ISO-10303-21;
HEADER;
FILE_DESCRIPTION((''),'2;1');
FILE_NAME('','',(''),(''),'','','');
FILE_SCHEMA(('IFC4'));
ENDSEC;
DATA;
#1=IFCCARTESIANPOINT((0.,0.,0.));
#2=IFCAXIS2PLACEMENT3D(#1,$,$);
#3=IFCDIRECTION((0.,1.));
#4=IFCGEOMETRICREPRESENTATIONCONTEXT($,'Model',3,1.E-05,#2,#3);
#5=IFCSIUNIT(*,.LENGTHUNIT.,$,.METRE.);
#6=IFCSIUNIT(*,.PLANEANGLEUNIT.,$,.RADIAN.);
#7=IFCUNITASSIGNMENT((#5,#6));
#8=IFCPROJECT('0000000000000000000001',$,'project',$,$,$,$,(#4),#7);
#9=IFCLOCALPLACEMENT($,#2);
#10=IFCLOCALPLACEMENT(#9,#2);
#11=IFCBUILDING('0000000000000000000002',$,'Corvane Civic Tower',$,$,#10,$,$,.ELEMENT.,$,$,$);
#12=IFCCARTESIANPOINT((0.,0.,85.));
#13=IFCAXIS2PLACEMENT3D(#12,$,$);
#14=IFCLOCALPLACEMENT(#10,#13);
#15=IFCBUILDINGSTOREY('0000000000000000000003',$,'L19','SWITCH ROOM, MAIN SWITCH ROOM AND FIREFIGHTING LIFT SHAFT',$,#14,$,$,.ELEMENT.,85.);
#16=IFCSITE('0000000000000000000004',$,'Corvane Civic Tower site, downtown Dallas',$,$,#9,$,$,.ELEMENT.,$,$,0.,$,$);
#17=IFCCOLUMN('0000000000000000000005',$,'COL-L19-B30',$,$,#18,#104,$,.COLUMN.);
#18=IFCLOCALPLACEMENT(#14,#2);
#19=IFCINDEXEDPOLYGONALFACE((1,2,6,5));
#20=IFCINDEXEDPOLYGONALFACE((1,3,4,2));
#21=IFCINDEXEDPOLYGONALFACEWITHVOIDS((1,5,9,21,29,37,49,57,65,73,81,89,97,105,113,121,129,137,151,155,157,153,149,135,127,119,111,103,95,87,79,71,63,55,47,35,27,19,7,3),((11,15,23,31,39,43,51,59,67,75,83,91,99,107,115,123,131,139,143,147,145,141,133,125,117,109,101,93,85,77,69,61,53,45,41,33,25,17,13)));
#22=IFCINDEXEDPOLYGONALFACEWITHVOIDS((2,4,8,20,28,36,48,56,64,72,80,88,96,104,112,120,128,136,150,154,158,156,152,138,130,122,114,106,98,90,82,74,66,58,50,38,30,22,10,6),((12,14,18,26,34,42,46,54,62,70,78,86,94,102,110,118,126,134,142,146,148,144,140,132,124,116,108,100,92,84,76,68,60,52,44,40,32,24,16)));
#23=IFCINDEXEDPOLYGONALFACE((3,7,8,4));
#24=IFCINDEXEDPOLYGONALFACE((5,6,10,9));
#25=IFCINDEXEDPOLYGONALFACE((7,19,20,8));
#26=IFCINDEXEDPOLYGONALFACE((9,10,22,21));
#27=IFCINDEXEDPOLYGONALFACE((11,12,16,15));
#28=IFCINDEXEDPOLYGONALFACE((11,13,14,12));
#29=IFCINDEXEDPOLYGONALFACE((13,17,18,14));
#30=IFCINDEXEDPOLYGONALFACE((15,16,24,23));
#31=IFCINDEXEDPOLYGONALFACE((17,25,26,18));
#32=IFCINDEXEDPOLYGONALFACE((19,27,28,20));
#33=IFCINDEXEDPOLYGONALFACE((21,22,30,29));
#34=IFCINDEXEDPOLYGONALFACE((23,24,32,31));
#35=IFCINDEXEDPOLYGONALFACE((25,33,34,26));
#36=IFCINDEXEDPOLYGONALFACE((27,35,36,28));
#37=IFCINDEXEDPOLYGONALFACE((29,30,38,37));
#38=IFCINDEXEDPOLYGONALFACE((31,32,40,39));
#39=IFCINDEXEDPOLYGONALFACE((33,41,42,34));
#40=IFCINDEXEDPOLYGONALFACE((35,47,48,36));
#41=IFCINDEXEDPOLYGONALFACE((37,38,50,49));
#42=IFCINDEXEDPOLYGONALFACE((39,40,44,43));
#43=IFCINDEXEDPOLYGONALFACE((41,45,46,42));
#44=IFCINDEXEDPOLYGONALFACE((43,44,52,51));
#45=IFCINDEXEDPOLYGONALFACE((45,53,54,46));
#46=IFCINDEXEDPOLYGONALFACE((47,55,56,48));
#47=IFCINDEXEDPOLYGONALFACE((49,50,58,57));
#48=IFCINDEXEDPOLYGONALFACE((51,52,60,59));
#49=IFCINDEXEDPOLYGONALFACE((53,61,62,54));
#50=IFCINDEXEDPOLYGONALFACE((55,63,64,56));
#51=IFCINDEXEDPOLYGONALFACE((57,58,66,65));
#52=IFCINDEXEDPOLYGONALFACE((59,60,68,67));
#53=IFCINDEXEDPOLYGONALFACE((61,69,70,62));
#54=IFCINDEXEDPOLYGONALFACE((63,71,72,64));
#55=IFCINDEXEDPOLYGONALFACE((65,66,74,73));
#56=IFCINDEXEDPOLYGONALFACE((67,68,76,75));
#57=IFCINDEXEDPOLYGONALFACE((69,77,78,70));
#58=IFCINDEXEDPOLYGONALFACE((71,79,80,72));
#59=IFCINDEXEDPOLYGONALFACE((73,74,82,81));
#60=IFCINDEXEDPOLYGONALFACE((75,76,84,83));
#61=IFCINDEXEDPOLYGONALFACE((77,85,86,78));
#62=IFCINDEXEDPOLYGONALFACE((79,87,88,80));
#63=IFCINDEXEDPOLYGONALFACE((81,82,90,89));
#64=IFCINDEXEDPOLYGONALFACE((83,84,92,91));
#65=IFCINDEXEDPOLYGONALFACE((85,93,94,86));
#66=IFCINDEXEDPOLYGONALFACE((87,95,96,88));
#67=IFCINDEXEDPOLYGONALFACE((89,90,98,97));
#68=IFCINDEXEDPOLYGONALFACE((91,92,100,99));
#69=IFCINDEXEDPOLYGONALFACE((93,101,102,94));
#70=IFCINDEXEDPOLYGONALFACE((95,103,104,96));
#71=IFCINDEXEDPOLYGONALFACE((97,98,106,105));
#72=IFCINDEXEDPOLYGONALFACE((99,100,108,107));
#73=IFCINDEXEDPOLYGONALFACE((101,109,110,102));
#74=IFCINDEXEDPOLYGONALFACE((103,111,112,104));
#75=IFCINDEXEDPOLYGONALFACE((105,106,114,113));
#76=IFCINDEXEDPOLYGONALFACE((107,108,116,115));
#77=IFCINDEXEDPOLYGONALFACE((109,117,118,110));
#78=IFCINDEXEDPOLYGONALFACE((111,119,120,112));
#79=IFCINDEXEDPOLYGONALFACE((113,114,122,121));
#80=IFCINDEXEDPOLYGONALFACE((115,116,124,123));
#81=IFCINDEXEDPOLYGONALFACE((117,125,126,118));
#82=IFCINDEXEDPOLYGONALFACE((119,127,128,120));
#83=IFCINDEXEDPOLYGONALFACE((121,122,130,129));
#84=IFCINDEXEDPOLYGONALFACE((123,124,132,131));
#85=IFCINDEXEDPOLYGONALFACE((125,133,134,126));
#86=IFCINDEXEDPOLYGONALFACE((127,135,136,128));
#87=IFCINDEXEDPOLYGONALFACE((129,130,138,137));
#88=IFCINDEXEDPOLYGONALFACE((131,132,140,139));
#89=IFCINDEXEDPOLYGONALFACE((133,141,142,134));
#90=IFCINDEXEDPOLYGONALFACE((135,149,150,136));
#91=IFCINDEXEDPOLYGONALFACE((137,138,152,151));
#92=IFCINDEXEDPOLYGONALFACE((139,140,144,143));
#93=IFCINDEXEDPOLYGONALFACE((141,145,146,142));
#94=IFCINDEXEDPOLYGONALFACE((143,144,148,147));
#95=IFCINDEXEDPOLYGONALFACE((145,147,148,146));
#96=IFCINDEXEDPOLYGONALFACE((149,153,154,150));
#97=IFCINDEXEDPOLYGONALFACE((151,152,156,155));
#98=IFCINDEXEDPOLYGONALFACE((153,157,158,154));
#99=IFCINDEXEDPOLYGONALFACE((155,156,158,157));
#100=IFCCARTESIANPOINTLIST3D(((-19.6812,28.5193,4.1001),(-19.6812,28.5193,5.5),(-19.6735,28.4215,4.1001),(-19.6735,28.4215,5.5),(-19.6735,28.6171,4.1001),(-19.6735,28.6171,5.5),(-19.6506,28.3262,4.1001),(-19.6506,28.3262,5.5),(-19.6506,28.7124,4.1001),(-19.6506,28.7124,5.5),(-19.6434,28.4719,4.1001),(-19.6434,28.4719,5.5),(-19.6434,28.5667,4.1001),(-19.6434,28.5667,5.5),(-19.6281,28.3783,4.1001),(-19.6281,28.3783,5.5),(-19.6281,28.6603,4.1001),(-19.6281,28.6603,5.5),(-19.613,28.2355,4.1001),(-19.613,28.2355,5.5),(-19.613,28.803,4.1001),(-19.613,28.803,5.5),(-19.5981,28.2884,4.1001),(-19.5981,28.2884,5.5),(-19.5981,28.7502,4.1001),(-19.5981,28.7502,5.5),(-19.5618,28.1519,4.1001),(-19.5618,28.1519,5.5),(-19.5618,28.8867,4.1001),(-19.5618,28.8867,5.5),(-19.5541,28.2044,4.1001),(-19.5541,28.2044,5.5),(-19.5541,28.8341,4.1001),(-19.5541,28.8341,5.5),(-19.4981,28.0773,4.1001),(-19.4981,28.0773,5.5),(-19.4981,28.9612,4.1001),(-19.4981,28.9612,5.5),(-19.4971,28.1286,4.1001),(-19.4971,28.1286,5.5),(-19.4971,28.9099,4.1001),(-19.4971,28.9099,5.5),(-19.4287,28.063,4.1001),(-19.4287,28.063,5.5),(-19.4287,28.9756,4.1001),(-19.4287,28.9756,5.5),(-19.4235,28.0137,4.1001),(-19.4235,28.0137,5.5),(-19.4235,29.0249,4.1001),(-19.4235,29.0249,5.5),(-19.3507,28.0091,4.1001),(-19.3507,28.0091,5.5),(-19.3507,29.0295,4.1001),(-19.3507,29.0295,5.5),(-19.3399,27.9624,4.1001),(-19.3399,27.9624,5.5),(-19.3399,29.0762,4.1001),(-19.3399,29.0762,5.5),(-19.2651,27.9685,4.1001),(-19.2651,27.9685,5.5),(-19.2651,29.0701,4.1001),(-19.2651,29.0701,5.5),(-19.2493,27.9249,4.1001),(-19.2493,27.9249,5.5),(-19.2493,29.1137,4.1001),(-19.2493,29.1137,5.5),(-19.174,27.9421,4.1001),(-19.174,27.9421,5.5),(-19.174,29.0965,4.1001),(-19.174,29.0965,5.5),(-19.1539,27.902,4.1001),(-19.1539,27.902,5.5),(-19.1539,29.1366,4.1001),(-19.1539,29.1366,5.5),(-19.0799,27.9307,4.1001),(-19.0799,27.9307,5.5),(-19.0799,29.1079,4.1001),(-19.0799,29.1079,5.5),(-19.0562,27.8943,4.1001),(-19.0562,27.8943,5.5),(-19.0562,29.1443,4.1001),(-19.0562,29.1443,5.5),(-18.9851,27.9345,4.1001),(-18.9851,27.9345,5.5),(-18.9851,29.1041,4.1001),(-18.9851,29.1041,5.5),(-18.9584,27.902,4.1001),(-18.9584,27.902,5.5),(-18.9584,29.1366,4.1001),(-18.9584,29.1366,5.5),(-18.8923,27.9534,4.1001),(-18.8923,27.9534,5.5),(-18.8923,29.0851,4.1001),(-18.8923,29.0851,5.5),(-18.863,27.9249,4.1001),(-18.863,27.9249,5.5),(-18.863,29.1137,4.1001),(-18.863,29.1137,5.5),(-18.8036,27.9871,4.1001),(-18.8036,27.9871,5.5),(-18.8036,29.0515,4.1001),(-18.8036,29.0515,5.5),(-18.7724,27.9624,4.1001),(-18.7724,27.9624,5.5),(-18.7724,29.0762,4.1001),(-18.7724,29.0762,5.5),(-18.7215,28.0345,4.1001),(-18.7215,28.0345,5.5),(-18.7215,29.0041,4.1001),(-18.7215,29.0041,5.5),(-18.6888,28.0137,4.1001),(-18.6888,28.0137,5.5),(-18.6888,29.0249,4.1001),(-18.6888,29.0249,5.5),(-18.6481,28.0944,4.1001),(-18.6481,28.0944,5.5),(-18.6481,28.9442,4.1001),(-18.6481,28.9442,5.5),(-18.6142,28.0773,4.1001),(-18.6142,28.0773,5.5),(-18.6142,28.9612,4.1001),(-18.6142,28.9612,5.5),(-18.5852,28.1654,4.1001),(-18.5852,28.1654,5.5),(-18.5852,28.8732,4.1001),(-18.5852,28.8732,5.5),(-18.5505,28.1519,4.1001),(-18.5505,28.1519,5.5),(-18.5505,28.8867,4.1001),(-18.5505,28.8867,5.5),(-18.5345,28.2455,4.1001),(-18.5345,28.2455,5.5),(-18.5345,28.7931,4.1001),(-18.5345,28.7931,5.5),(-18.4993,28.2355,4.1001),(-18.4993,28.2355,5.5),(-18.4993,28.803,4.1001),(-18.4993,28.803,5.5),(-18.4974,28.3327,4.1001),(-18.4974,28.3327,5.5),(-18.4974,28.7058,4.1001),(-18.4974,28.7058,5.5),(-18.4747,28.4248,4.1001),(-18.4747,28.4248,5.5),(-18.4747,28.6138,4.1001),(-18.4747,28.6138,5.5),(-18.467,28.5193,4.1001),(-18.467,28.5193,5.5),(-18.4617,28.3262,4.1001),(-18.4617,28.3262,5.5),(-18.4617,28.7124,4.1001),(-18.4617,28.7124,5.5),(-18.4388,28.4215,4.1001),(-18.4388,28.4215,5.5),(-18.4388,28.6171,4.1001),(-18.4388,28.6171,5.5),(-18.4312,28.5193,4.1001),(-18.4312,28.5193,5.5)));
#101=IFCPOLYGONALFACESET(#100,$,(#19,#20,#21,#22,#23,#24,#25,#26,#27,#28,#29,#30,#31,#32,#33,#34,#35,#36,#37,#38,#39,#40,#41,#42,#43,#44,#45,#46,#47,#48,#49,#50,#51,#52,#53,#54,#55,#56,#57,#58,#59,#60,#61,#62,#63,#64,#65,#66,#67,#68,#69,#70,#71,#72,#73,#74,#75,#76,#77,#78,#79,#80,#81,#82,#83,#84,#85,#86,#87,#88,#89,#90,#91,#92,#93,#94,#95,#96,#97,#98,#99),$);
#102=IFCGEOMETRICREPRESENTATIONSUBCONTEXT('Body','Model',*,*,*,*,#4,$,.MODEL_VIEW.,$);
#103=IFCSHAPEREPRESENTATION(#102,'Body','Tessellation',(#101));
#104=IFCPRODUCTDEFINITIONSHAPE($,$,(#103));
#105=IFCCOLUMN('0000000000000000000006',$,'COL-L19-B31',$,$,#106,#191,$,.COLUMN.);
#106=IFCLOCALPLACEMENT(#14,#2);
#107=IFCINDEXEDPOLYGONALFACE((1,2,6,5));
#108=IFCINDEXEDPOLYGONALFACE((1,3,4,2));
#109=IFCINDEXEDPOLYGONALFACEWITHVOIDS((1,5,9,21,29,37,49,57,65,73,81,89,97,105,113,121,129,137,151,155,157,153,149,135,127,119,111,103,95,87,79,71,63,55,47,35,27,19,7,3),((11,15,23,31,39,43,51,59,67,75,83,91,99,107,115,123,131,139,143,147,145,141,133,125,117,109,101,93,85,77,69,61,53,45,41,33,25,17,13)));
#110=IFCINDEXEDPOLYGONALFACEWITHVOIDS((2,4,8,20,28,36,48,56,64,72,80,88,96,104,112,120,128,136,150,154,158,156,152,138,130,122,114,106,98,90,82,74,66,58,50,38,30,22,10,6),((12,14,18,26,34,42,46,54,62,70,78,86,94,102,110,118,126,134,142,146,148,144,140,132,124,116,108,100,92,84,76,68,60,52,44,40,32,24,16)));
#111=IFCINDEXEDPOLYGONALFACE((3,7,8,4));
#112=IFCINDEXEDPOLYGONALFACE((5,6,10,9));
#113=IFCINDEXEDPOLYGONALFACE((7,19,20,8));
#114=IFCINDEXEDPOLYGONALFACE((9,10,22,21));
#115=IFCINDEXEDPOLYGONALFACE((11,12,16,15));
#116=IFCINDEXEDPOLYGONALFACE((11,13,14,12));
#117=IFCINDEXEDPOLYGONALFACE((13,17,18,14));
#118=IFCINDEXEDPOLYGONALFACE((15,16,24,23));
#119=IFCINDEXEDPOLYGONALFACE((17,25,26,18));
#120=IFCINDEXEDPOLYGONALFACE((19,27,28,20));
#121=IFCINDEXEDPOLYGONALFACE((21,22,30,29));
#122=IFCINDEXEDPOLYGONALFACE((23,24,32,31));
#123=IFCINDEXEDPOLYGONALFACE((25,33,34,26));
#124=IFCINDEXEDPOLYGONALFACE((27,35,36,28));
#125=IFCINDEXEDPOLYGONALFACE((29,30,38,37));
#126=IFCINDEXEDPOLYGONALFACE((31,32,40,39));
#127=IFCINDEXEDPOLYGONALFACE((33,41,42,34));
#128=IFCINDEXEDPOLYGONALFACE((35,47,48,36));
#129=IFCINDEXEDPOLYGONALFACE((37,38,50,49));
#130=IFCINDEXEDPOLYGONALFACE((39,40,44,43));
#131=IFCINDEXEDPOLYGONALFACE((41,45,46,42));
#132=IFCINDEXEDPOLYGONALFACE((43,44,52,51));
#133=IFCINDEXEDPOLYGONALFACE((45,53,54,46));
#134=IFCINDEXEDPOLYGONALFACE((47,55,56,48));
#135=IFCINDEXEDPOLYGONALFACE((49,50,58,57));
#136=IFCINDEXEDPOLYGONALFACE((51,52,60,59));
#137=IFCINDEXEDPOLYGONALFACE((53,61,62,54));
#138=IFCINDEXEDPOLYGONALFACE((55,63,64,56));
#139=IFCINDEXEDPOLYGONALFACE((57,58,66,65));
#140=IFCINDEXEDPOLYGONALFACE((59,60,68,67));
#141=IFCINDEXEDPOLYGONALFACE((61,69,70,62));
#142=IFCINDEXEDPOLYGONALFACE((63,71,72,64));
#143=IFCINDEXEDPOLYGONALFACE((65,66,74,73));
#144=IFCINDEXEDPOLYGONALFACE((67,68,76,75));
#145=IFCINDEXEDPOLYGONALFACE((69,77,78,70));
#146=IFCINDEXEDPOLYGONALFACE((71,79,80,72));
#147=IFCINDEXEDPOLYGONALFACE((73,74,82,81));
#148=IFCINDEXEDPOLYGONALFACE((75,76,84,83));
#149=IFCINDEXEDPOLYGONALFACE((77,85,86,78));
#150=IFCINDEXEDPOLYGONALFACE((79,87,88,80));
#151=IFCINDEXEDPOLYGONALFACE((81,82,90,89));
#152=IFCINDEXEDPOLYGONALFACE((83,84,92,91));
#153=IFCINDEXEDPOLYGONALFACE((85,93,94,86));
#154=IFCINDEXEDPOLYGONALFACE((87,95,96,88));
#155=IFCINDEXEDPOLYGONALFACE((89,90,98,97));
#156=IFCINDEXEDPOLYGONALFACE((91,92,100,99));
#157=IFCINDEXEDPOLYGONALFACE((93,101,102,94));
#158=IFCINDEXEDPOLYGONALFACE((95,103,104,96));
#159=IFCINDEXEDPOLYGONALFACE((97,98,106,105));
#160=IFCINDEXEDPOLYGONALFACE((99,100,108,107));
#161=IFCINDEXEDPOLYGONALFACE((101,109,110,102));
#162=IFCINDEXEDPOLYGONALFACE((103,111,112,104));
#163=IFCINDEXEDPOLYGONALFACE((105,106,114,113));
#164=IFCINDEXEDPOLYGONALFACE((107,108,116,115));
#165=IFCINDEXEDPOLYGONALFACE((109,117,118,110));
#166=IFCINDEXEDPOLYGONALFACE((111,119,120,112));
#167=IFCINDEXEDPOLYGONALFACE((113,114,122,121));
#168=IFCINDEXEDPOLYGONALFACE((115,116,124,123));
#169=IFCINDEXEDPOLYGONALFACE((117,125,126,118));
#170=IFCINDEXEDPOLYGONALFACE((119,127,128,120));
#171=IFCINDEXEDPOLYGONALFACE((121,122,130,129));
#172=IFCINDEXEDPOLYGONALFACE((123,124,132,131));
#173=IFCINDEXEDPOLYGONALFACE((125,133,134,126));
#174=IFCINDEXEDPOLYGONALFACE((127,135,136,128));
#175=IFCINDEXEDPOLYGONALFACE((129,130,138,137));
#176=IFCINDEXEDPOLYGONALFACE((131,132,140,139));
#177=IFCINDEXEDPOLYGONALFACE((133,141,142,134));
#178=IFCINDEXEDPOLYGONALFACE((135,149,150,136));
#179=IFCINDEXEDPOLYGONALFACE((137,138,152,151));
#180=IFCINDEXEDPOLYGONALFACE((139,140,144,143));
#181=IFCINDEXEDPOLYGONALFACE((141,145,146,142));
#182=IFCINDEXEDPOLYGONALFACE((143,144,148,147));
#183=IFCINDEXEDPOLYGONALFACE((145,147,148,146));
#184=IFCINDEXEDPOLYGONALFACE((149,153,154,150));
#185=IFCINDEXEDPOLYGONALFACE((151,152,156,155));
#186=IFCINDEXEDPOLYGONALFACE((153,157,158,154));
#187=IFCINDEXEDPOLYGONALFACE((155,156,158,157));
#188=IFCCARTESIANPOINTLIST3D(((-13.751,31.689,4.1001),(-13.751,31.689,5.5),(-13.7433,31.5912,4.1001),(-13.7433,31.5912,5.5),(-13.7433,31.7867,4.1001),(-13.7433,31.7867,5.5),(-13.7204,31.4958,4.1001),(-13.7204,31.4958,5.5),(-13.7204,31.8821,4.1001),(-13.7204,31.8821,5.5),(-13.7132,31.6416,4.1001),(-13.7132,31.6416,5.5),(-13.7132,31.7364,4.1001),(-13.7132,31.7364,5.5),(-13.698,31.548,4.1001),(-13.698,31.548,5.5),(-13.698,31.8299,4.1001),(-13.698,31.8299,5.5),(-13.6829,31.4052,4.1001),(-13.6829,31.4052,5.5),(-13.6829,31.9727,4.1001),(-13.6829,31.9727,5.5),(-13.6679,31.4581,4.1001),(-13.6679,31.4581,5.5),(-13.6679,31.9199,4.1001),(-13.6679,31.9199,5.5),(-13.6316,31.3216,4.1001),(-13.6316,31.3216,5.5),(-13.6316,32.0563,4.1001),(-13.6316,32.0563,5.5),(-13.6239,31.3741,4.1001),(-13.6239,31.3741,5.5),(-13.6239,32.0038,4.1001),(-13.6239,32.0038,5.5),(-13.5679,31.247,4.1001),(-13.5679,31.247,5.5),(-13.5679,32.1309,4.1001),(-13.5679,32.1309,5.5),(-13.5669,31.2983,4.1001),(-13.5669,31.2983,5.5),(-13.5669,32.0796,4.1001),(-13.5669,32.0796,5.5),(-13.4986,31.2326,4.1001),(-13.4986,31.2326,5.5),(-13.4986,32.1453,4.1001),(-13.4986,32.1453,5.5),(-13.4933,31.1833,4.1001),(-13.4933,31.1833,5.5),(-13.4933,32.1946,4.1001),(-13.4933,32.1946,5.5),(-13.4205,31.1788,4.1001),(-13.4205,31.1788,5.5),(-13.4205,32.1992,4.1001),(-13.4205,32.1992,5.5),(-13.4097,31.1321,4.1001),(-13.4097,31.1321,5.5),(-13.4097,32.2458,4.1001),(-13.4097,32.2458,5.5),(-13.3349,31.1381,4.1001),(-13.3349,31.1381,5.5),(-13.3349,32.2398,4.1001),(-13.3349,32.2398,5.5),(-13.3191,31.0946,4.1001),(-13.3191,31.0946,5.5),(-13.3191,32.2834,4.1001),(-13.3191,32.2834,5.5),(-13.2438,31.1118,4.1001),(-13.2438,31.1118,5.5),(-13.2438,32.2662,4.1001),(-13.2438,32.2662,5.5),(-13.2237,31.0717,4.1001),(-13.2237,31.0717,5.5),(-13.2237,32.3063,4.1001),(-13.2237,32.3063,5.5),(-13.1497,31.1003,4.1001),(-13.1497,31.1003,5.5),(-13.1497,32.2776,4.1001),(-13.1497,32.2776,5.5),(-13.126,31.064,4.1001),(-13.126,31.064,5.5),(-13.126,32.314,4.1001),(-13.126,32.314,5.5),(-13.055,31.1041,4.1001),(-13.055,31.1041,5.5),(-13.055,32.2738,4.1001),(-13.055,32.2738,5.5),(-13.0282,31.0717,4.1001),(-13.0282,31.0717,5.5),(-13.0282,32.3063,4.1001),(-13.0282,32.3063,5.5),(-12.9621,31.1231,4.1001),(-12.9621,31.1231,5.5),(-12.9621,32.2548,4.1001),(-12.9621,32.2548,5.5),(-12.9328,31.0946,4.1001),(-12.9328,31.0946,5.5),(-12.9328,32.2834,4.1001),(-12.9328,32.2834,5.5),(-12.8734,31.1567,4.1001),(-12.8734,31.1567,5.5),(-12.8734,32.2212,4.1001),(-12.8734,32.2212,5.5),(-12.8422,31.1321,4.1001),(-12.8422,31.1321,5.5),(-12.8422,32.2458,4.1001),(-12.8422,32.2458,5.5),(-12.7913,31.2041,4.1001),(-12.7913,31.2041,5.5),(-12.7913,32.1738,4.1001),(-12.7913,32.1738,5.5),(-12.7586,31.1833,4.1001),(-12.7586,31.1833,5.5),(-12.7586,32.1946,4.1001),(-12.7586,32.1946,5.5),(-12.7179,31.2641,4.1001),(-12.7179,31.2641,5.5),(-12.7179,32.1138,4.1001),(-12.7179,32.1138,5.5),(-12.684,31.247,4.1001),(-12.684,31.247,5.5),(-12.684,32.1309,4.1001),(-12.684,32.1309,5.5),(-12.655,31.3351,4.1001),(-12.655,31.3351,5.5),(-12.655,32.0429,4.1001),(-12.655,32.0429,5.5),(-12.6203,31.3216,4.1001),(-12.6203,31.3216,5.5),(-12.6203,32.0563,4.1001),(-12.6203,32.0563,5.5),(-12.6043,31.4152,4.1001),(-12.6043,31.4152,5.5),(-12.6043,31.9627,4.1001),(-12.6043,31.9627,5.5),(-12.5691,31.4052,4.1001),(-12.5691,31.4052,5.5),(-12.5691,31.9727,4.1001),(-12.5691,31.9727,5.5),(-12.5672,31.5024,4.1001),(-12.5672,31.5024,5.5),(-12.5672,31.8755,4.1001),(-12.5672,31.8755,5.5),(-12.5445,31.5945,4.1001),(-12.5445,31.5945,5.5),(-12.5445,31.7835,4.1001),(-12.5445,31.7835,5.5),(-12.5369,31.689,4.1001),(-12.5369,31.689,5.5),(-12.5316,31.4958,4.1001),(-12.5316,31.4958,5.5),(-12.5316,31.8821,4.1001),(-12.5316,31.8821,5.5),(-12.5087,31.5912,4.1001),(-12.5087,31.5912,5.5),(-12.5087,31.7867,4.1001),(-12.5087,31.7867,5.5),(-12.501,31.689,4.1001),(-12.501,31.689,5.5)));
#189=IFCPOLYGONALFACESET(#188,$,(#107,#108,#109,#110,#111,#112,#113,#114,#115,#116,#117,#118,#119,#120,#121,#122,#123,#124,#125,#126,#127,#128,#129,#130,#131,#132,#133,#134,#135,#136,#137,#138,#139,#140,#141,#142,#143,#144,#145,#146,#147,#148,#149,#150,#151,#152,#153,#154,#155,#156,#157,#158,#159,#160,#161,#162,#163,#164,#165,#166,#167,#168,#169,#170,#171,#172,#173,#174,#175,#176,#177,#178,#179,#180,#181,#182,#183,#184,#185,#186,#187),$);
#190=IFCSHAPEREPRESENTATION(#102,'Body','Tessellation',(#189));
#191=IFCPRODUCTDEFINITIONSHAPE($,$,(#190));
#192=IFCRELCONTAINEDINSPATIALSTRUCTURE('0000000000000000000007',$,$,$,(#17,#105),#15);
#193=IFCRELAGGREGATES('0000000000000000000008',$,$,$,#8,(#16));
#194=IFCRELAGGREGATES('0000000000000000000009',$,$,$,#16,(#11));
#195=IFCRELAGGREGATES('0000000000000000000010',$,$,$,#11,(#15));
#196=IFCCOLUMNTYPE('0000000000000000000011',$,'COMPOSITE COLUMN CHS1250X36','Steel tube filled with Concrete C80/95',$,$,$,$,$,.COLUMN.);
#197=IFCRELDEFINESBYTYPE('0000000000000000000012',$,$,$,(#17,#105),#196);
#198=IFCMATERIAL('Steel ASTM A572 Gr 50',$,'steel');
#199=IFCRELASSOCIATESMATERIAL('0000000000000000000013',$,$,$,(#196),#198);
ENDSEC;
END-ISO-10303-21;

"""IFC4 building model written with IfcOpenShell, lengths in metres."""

from ifc_helpers import new_model, si_unit, direction, frame, origin, origin_2d, place, context, subcontext, project, spatial, hollow_circle, extrude, material, material_profile, profile_set, type_object, element, save


model = new_model("IFC4")

# Units and contexts
model_context = context("Model", 3, precision=1e-05, world=origin(), true_north=direction((0.0, 1.0)))
body_context = subcontext(model_context, "Body", "Model", "MODEL_VIEW")
ifc_project = project(units=[si_unit("LENGTHUNIT", "METRE"), si_unit("PLANEANGLEUNIT", "RADIAN")], contexts=[model_context])

# Site, building, storey
site_placement = place(None, origin())
site = spatial("IfcSite", under=ifc_project, at=site_placement, Name="Corvane Civic Tower site, downtown Dallas", CompositionType="ELEMENT", RefElevation=0.0)
building_placement = place(site_placement, origin())
building = spatial("IfcBuilding", under=site, at=building_placement, Name="Corvane Civic Tower", CompositionType="ELEMENT")
storey_placement = place(building_placement, frame((0.0, 0.0, 85.0)))
storey = spatial("IfcBuildingStorey", under=building, at=storey_placement, Name="L19", Description="SWITCH ROOM, MAIN SWITCH ROOM AND FIREFIGHTING LIFT SHAFT", CompositionType="ELEMENT", Elevation=85.0)

# Columns
ifc_material_1 = material(Name="Steel ASTM A572 Gr 50", Category="steel")
ifc_material_profile_1 = material_profile(ifc_material_1, hollow_circle(Radius=0.625, WallThickness=0.0359, at=origin_2d()), Name="CHS1250X36")
ifc_profile_set_1 = profile_set([ifc_material_profile_1], Name="Steel ASTM A572 Gr 50")
column_type_1 = type_object("IfcColumnType", Name="COMPOSITE COLUMN CHS1250X36", Description="Steel tube filled with Concrete C80/95", PredefinedType="COLUMN", material=ifc_profile_set_1)
for number, where, z_axis, x_axis, name in (
    (1, (-19.0562, 28.5193, 4.1001), (0.0, 0.0, 1.0), (1.0, 0.0, 0.0), "COL-L19-B30"),
    (2, (-13.126, 31.689, 4.1001), (0.0, 0.0, 1.0), (1.0, 0.0, 0.0), "COL-L19-B31"),
):
    element("IfcColumn", number, at=place(storey_placement, frame(where, z_axis=z_axis, x_axis=x_axis)), inside=storey, type_object=column_type_1, Name=name, PredefinedType="COLUMN", context=body_context, shape_type="SweptSolid", body=[
        extrude(hollow_circle(Radius=0.625, WallThickness=0.0359, at=origin_2d()), origin(), (0.0, 0.0, 1.0), 1.3999),
    ])

save(model, "model.ifc")
